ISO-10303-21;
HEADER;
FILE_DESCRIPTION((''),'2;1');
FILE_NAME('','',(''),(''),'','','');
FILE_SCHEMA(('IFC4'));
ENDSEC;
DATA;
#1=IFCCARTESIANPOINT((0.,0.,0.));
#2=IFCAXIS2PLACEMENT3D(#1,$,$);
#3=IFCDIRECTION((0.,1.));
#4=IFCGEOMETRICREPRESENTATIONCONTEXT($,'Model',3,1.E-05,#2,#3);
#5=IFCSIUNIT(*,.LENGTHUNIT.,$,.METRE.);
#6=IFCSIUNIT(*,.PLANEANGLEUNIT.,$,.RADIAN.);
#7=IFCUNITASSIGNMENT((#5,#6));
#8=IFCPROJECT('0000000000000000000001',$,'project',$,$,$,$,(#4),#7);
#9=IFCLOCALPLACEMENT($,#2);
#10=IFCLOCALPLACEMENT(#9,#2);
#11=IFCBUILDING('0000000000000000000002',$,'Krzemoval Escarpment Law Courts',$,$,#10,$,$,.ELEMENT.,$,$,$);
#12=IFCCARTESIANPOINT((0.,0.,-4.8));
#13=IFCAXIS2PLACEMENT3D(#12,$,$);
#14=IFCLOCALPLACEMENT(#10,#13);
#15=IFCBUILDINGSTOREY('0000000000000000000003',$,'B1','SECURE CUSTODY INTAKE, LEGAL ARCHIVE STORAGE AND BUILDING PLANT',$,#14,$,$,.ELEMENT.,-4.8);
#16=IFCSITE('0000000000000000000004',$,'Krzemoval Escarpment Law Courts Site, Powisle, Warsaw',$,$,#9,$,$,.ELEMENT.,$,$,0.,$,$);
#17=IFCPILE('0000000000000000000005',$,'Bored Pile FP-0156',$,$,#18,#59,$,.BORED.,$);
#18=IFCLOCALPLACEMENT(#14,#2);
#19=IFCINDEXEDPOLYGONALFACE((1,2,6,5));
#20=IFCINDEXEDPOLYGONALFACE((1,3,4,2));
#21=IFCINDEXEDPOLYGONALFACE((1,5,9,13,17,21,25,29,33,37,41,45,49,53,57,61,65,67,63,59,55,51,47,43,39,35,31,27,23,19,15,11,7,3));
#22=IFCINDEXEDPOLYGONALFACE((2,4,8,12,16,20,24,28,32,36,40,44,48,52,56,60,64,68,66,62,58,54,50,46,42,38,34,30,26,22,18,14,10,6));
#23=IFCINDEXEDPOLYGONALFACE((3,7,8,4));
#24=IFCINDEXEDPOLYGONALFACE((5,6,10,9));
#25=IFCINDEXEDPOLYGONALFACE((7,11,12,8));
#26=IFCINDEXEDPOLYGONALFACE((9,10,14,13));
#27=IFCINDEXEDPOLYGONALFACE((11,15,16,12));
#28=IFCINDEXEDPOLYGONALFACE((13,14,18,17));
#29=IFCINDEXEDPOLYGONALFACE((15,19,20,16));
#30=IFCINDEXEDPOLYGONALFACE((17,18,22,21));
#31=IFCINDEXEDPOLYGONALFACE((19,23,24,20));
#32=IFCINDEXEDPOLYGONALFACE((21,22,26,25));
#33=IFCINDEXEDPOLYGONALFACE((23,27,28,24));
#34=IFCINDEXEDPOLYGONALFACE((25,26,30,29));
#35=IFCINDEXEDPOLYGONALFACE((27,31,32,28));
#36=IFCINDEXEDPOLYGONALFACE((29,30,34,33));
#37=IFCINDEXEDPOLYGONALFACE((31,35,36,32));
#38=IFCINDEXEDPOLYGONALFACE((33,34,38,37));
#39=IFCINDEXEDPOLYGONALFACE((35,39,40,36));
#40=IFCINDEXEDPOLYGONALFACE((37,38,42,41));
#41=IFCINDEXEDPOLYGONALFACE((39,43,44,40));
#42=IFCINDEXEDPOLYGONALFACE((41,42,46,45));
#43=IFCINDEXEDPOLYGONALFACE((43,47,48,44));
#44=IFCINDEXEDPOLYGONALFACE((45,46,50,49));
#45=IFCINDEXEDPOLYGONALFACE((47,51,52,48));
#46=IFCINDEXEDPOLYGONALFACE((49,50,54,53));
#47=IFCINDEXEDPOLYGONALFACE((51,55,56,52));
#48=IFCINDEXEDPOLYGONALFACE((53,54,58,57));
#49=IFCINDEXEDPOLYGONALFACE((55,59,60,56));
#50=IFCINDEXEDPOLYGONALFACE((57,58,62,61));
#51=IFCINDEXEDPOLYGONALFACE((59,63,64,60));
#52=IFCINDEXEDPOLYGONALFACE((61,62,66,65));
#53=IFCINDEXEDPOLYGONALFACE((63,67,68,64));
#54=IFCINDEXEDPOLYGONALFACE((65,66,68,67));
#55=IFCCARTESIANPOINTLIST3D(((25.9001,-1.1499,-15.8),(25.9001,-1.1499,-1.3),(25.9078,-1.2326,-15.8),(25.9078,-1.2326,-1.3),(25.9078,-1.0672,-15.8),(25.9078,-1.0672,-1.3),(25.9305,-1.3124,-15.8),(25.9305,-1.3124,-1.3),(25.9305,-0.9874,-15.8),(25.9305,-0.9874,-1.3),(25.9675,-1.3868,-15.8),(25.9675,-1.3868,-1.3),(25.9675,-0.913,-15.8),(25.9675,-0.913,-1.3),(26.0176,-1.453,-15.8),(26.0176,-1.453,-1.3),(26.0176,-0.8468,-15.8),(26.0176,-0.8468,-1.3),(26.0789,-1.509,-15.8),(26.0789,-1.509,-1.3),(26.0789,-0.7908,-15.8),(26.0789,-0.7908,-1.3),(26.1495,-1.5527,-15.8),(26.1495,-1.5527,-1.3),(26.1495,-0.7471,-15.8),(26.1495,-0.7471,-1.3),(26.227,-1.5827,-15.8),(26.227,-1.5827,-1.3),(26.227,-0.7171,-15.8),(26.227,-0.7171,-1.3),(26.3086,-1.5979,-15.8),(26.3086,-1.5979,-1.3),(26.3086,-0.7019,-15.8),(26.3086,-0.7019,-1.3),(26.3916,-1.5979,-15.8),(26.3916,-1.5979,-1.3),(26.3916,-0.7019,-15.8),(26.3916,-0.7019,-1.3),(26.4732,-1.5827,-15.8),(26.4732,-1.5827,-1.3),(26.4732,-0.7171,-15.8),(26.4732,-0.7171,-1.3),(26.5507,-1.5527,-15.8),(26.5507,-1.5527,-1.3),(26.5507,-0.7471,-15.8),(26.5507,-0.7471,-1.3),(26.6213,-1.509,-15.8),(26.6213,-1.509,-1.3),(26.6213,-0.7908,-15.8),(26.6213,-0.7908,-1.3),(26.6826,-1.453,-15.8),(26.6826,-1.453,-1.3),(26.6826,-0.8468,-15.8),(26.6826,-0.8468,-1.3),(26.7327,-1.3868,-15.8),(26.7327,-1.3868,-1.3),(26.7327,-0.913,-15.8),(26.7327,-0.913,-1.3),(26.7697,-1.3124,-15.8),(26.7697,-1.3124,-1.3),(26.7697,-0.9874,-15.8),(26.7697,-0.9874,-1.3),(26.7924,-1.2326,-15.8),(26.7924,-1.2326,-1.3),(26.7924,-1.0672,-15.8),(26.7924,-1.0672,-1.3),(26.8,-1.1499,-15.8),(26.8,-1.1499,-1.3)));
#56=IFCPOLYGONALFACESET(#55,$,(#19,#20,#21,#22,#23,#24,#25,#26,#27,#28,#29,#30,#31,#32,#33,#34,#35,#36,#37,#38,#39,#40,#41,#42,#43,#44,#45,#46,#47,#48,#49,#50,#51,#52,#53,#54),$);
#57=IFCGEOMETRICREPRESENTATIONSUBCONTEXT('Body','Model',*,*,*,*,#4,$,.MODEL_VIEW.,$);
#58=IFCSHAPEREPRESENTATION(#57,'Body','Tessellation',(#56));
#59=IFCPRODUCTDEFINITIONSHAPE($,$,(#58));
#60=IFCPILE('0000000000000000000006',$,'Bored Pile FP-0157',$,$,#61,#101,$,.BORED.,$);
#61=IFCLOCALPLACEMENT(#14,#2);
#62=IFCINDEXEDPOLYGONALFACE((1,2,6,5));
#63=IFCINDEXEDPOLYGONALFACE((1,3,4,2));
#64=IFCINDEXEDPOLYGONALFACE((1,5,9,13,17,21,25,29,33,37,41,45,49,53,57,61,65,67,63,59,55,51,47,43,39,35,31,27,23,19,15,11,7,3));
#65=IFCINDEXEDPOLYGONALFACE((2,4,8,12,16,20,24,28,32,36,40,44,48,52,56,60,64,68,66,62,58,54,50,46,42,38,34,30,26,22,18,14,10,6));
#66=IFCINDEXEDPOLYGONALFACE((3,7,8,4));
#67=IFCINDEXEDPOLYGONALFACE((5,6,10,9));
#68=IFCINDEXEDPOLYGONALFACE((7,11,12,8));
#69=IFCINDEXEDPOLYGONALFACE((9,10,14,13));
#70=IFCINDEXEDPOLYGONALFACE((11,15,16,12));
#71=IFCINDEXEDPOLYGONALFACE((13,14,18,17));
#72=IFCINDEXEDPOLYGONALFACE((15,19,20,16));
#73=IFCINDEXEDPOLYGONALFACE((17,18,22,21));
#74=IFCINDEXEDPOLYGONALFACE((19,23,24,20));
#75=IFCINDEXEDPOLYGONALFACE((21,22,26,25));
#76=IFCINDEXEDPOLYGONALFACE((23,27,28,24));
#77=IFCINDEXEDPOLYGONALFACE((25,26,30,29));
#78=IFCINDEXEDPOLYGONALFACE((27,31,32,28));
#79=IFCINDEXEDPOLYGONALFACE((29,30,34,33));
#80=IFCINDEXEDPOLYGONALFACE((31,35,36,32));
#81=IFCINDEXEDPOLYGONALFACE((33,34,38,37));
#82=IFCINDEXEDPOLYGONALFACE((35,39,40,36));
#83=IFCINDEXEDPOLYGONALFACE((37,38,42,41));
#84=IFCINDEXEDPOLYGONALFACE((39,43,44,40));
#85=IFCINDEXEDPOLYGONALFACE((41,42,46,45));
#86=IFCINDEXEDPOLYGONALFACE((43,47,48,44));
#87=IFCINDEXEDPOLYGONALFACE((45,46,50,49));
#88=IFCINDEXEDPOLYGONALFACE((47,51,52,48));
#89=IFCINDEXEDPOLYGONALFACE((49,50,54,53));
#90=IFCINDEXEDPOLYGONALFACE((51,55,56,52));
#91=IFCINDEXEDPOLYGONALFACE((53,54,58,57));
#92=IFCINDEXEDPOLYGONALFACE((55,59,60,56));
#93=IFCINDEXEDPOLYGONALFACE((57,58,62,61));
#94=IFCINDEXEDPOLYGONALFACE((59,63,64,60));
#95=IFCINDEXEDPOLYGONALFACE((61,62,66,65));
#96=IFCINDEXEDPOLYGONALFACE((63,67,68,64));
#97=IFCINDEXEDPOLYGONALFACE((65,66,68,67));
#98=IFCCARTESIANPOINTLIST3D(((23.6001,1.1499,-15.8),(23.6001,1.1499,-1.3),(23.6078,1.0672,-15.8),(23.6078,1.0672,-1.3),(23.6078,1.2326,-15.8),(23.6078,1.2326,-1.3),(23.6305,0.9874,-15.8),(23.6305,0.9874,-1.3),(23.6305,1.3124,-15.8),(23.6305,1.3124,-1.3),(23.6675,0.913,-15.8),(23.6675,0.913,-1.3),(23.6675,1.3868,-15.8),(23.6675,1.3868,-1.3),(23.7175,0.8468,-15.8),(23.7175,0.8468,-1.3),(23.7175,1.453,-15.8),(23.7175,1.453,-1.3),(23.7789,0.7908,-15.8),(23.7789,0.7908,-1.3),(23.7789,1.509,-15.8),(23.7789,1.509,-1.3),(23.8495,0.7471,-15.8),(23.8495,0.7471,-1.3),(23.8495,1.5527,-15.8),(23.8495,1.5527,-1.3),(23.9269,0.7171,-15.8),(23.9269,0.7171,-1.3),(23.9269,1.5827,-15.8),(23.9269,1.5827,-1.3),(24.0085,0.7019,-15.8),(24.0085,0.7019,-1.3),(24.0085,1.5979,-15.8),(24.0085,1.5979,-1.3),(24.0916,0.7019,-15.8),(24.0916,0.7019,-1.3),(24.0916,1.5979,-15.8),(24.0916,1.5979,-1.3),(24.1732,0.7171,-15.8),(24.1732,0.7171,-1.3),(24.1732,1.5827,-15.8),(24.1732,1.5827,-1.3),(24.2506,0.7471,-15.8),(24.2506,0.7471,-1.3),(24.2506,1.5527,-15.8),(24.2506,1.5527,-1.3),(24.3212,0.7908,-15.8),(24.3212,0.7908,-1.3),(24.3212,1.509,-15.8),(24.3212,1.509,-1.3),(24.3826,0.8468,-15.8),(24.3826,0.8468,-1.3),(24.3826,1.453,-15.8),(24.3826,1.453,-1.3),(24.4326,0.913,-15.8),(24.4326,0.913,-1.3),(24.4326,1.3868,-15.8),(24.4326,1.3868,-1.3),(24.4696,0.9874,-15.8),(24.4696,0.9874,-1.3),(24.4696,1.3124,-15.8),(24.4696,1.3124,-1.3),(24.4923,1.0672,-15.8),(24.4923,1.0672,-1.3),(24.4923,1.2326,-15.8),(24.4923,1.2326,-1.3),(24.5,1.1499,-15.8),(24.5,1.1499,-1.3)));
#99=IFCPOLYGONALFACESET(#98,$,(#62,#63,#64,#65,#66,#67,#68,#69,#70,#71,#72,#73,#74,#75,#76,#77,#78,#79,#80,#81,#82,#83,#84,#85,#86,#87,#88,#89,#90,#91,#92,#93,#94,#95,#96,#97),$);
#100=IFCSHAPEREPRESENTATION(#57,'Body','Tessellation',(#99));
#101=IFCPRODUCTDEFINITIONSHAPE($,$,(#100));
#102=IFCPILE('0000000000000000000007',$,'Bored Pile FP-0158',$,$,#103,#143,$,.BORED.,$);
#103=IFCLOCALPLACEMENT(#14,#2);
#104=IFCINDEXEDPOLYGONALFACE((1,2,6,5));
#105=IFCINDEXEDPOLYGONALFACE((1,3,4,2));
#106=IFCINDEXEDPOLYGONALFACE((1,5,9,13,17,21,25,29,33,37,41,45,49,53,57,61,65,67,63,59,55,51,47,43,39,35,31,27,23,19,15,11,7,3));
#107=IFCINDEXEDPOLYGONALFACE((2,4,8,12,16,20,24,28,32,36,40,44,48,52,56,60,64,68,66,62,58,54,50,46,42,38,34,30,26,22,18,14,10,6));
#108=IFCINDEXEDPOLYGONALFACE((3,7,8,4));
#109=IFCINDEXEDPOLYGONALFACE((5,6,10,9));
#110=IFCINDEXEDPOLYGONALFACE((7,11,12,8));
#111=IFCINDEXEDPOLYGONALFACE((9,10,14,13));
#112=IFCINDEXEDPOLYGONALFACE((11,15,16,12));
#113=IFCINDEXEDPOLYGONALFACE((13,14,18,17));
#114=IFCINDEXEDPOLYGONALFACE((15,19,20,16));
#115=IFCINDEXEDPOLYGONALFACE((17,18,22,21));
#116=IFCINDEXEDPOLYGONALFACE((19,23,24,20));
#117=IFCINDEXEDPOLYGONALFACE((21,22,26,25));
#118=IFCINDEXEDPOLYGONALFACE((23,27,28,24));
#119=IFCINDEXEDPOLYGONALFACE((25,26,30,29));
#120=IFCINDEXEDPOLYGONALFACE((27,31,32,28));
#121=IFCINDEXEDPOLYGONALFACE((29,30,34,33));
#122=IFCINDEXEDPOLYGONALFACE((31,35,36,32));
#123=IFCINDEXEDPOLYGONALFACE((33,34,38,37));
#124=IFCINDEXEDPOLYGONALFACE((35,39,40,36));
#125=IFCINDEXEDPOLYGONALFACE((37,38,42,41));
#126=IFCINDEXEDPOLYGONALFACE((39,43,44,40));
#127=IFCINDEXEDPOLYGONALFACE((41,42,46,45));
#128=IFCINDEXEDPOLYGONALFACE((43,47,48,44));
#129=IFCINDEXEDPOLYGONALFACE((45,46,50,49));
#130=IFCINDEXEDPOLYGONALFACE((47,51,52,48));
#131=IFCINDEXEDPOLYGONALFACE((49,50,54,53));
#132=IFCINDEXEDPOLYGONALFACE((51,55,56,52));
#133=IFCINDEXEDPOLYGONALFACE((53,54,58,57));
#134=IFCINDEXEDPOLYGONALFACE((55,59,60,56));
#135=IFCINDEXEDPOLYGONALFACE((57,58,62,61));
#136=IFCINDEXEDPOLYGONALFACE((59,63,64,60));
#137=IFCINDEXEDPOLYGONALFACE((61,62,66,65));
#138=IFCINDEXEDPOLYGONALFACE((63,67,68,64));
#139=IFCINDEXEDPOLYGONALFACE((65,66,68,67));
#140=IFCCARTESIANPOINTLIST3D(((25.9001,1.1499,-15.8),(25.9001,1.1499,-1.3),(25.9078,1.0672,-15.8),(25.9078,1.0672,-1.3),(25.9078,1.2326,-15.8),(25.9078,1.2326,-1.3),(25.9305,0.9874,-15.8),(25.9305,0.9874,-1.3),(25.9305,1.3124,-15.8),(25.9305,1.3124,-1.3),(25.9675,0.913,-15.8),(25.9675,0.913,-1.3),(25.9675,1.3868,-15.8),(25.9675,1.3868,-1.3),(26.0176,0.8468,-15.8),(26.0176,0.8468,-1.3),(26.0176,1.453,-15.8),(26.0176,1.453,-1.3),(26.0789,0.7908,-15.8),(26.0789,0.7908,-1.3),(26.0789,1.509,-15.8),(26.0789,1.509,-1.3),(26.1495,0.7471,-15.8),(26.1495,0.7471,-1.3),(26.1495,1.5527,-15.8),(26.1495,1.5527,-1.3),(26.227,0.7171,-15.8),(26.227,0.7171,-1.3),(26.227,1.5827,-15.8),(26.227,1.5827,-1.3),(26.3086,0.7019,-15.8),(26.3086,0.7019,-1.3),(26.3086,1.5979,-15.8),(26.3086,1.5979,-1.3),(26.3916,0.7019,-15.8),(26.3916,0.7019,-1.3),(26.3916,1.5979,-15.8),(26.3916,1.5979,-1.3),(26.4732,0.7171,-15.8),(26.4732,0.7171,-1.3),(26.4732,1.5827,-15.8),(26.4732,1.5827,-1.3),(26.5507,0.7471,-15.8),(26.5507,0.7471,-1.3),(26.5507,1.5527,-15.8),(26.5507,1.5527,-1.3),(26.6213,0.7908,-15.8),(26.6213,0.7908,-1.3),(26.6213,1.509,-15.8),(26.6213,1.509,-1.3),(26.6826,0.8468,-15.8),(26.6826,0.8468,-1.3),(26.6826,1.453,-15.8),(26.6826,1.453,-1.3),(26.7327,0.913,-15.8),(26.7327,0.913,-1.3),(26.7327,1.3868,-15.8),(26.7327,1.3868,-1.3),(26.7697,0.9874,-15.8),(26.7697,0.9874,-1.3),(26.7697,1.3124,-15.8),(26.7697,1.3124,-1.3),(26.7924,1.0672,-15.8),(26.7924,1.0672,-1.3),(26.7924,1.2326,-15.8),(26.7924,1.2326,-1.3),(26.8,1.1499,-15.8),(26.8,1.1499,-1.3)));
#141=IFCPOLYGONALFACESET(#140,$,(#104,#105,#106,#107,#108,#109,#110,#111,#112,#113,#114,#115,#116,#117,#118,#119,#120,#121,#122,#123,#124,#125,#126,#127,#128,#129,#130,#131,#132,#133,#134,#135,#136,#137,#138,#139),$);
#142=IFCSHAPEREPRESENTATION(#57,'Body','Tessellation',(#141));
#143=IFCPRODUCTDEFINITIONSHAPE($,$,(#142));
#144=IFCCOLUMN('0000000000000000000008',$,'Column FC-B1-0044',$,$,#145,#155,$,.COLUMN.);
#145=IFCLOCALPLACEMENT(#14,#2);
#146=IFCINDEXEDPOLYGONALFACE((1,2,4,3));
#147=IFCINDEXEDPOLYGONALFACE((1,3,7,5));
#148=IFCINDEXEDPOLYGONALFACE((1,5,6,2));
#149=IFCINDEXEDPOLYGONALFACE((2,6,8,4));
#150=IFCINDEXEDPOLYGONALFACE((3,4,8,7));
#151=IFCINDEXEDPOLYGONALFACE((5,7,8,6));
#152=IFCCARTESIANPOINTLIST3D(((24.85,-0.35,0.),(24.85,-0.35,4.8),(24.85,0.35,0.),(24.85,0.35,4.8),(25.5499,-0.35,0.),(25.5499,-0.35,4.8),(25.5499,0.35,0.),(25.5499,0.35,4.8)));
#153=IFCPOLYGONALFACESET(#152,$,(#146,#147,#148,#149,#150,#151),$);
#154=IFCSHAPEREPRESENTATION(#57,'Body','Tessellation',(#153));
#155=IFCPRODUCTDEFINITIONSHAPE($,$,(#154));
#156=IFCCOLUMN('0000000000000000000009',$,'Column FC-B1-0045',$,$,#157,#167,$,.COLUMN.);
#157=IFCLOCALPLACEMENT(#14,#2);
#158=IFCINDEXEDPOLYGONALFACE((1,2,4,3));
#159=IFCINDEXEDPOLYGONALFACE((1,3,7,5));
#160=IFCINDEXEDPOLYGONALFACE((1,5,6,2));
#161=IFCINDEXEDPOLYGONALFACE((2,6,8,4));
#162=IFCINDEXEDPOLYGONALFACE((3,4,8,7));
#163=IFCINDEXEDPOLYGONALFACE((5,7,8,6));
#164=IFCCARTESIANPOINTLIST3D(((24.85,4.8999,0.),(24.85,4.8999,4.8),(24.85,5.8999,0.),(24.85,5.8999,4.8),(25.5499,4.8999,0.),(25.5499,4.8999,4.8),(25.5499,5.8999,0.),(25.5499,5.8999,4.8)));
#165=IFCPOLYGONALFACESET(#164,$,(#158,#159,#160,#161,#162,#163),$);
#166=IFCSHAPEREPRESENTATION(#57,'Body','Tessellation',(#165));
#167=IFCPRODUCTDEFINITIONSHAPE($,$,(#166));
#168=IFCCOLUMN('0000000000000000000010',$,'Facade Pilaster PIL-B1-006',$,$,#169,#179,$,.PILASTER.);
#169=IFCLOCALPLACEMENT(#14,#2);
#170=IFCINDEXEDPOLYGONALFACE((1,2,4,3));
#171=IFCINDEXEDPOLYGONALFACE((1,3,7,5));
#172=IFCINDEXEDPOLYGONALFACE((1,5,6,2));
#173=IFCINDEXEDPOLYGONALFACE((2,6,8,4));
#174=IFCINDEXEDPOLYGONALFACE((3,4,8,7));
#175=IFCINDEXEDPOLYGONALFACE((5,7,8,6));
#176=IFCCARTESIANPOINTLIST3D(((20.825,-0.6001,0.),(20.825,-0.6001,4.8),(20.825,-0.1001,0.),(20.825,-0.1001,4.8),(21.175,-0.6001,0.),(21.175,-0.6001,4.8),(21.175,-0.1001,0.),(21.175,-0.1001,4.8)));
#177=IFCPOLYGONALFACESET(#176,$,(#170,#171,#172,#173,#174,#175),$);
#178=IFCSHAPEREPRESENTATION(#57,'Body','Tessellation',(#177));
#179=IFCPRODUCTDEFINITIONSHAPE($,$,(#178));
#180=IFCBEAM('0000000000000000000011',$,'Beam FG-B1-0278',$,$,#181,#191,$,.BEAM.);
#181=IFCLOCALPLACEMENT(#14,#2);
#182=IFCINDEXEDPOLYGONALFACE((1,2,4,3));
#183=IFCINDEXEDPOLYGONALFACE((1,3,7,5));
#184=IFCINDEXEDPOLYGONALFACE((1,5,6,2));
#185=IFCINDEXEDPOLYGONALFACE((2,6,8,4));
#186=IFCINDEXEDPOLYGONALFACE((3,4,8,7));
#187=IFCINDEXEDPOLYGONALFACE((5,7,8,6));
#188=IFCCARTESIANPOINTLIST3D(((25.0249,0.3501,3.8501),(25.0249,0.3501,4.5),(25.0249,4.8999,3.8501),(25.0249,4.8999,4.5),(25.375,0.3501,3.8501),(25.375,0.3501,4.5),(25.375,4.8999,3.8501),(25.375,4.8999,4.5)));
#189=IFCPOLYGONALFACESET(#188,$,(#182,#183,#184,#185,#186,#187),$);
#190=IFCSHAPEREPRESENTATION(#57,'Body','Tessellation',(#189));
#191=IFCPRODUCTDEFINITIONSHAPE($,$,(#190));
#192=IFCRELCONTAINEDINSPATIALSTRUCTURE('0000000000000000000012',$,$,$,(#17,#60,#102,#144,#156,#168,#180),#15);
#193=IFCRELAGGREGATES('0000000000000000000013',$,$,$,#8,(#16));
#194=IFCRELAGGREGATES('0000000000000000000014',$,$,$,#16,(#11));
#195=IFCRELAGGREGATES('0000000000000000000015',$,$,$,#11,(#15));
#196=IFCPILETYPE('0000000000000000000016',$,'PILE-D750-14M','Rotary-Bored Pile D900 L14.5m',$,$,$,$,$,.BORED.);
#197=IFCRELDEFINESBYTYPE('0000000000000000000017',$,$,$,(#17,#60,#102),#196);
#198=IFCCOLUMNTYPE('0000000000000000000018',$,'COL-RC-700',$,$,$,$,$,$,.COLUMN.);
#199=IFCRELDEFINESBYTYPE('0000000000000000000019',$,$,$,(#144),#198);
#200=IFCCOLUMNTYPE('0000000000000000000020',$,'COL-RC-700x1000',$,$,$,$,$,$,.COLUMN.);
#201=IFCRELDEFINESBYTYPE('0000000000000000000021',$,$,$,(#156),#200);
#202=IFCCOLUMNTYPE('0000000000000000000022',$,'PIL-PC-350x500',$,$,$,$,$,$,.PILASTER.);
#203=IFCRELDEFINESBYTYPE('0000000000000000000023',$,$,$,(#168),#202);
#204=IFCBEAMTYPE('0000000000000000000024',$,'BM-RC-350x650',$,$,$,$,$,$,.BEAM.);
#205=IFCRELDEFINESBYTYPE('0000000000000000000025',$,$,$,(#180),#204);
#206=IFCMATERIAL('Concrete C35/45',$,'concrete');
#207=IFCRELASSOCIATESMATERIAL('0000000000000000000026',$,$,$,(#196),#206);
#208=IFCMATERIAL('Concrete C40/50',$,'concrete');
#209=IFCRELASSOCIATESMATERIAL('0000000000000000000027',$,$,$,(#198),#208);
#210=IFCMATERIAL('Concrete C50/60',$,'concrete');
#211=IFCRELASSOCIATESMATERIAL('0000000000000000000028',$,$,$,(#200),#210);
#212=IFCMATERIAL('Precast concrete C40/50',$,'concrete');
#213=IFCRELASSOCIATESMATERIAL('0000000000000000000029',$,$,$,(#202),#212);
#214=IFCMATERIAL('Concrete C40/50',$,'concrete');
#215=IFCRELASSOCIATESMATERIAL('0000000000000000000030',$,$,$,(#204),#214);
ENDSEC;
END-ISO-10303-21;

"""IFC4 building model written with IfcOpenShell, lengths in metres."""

from ifc_helpers import new_model, si_unit, direction, frame, origin, origin_2d, place, context, subcontext, project, spatial, rectangle, circle, extrude, material, material_profile, profile_set, type_object, element, save


model = new_model("IFC4")

# Units and contexts
model_context = context("Model", 3, precision=1e-05, world=origin(), true_north=direction((0.0, 1.0)))
body_context = subcontext(model_context, "Body", "Model", "MODEL_VIEW")
ifc_project = project(units=[si_unit("LENGTHUNIT", "METRE"), si_unit("PLANEANGLEUNIT", "RADIAN")], contexts=[model_context])

# Site, building, storey
site_placement = place(None, origin())
site = spatial("IfcSite", under=ifc_project, at=site_placement, Name="Krzemoval Escarpment Law Courts Site, Powisle, Warsaw", CompositionType="ELEMENT", RefElevation=0.0)
building_placement = place(site_placement, origin())
building = spatial("IfcBuilding", under=site, at=building_placement, Name="Krzemoval Escarpment Law Courts", CompositionType="ELEMENT")
storey_placement = place(building_placement, frame((0.0, 0.0, -4.8)))
storey = spatial("IfcBuildingStorey", under=building, at=storey_placement, Name="B1", Description="SECURE CUSTODY INTAKE, LEGAL ARCHIVE STORAGE AND BUILDING PLANT", CompositionType="ELEMENT", Elevation=-4.8)

# Piles
ifc_material_1 = material(Name="Concrete C35/45", Category="concrete")
ifc_material_profile_1 = material_profile(ifc_material_1, circle(Radius=0.45, at=origin_2d()), Name="PILE D900")
ifc_profile_set_1 = profile_set([ifc_material_profile_1], Name="Concrete C35/45")
pile_type_1 = type_object("IfcPileType", Name="PILE-D750-14M", Description="Rotary-Bored Pile D900 L14.5m", PredefinedType="BORED", material=ifc_profile_set_1)
for number, where, z_axis, x_axis, name in (
    (1, (26.3501, -1.1499, -1.3), (0.0, 0.0, -1.0), (1.0, 0.0, 0.0), "Bored Pile FP-0156"),
    (2, (24.05, 1.1499, -1.3), (0.0, 0.0, -1.0), (1.0, 0.0, 0.0), "Bored Pile FP-0157"),
    (3, (26.3501, 1.1499, -1.3), (0.0, 0.0, -1.0), (1.0, 0.0, 0.0), "Bored Pile FP-0158"),
):
    element("IfcPile", number, at=place(storey_placement, frame(where, z_axis=z_axis, x_axis=x_axis)), inside=storey, type_object=pile_type_1, Name=name, PredefinedType="BORED", context=body_context, shape_type="SweptSolid", body=[
        extrude(circle(Radius=0.45, at=origin_2d()), origin(), (0.0, 0.0, 1.0), 14.5),
    ])

# Columns
ifc_material_2 = material(Name="Concrete C40/50", Category="concrete")
ifc_material_profile_2 = material_profile(ifc_material_2, rectangle(XDim=0.7, YDim=0.7, at=origin_2d()), Name="RC 700x700")
ifc_profile_set_2 = profile_set([ifc_material_profile_2], Name="Concrete C40/50")
column_type_1 = type_object("IfcColumnType", Name="COL-RC-700", PredefinedType="COLUMN", material=ifc_profile_set_2)
column_1_placement = place(storey_placement, frame((25.2, 0.0, 0.0), z_axis=(0.0, 0.0, 1.0), x_axis=(1.0, 0.0, 0.0)))
element("IfcColumn", 4, at=column_1_placement, inside=storey, type_object=column_type_1, Name="Column FC-B1-0044", PredefinedType="COLUMN", context=body_context, shape_type="SweptSolid", body=[
    extrude(rectangle(XDim=0.7, YDim=0.7, at=origin_2d()), origin(), (0.0, 0.0, 1.0), 4.8),
])
ifc_material_3 = material(Name="Concrete C50/60", Category="concrete")
ifc_material_profile_3 = material_profile(ifc_material_3, rectangle(XDim=0.7, YDim=1.0, at=origin_2d()), Name="RC 700x1000")
ifc_profile_set_3 = profile_set([ifc_material_profile_3], Name="Concrete C50/60")
column_type_2 = type_object("IfcColumnType", Name="COL-RC-700x1000", PredefinedType="COLUMN", material=ifc_profile_set_3)
column_2_placement = place(storey_placement, frame((25.2, 5.3999, 0.0), z_axis=(0.0, 0.0, 1.0), x_axis=(1.0, 0.0, 0.0)))
element("IfcColumn", 5, at=column_2_placement, inside=storey, type_object=column_type_2, Name="Column FC-B1-0045", PredefinedType="COLUMN", context=body_context, shape_type="SweptSolid", body=[
    extrude(rectangle(XDim=0.7, YDim=1.0, at=origin_2d()), origin(), (0.0, 0.0, 1.0), 4.8),
])
ifc_material_4 = material(Name="Precast concrete C40/50", Category="concrete")
ifc_material_profile_4 = material_profile(ifc_material_4, rectangle(XDim=0.3501, YDim=0.5, at=origin_2d()), Name="PIL 350x500")
ifc_profile_set_4 = profile_set([ifc_material_profile_4], Name="Precast concrete C40/50")
column_type_3 = type_object("IfcColumnType", Name="PIL-PC-350x500", PredefinedType="PILASTER", material=ifc_profile_set_4)
column_3_placement = place(storey_placement, frame((21.0, -0.3501, 0.0), z_axis=(0.0, 0.0, 1.0), x_axis=(1.0, 0.0, 0.0)))
element("IfcColumn", 6, at=column_3_placement, inside=storey, type_object=column_type_3, Name="Facade Pilaster PIL-B1-006", PredefinedType="PILASTER", context=body_context, shape_type="SweptSolid", body=[
    extrude(rectangle(XDim=0.3501, YDim=0.5, at=origin_2d()), origin(), (0.0, 0.0, 1.0), 4.8),
])

# Beam
ifc_material_5 = material(Name="Concrete C40/50", Category="concrete")
ifc_material_profile_5 = material_profile(ifc_material_5, rectangle(XDim=0.3501, YDim=0.6499, at=origin_2d()), Name="RCB 350x650")
ifc_profile_set_5 = profile_set([ifc_material_profile_5], Name="Concrete C40/50")
beam_type_1 = type_object("IfcBeamType", Name="BM-RC-350x650", PredefinedType="BEAM", material=ifc_profile_set_5)
beam_1_placement = place(storey_placement, frame((25.2, 0.3501, 4.175), z_axis=(0.0, 1.0, 0.0), x_axis=(-1.0, 0.0, 0.0)))
element("IfcBeam", 7, at=beam_1_placement, inside=storey, type_object=beam_type_1, Name="Beam FG-B1-0278", PredefinedType="BEAM", context=body_context, shape_type="SweptSolid", body=[
    extrude(rectangle(XDim=0.3501, YDim=0.6499, at=origin_2d()), origin(), (0.0, 0.0, 1.0), 4.5498),
])

save(model, "model.ifc")
